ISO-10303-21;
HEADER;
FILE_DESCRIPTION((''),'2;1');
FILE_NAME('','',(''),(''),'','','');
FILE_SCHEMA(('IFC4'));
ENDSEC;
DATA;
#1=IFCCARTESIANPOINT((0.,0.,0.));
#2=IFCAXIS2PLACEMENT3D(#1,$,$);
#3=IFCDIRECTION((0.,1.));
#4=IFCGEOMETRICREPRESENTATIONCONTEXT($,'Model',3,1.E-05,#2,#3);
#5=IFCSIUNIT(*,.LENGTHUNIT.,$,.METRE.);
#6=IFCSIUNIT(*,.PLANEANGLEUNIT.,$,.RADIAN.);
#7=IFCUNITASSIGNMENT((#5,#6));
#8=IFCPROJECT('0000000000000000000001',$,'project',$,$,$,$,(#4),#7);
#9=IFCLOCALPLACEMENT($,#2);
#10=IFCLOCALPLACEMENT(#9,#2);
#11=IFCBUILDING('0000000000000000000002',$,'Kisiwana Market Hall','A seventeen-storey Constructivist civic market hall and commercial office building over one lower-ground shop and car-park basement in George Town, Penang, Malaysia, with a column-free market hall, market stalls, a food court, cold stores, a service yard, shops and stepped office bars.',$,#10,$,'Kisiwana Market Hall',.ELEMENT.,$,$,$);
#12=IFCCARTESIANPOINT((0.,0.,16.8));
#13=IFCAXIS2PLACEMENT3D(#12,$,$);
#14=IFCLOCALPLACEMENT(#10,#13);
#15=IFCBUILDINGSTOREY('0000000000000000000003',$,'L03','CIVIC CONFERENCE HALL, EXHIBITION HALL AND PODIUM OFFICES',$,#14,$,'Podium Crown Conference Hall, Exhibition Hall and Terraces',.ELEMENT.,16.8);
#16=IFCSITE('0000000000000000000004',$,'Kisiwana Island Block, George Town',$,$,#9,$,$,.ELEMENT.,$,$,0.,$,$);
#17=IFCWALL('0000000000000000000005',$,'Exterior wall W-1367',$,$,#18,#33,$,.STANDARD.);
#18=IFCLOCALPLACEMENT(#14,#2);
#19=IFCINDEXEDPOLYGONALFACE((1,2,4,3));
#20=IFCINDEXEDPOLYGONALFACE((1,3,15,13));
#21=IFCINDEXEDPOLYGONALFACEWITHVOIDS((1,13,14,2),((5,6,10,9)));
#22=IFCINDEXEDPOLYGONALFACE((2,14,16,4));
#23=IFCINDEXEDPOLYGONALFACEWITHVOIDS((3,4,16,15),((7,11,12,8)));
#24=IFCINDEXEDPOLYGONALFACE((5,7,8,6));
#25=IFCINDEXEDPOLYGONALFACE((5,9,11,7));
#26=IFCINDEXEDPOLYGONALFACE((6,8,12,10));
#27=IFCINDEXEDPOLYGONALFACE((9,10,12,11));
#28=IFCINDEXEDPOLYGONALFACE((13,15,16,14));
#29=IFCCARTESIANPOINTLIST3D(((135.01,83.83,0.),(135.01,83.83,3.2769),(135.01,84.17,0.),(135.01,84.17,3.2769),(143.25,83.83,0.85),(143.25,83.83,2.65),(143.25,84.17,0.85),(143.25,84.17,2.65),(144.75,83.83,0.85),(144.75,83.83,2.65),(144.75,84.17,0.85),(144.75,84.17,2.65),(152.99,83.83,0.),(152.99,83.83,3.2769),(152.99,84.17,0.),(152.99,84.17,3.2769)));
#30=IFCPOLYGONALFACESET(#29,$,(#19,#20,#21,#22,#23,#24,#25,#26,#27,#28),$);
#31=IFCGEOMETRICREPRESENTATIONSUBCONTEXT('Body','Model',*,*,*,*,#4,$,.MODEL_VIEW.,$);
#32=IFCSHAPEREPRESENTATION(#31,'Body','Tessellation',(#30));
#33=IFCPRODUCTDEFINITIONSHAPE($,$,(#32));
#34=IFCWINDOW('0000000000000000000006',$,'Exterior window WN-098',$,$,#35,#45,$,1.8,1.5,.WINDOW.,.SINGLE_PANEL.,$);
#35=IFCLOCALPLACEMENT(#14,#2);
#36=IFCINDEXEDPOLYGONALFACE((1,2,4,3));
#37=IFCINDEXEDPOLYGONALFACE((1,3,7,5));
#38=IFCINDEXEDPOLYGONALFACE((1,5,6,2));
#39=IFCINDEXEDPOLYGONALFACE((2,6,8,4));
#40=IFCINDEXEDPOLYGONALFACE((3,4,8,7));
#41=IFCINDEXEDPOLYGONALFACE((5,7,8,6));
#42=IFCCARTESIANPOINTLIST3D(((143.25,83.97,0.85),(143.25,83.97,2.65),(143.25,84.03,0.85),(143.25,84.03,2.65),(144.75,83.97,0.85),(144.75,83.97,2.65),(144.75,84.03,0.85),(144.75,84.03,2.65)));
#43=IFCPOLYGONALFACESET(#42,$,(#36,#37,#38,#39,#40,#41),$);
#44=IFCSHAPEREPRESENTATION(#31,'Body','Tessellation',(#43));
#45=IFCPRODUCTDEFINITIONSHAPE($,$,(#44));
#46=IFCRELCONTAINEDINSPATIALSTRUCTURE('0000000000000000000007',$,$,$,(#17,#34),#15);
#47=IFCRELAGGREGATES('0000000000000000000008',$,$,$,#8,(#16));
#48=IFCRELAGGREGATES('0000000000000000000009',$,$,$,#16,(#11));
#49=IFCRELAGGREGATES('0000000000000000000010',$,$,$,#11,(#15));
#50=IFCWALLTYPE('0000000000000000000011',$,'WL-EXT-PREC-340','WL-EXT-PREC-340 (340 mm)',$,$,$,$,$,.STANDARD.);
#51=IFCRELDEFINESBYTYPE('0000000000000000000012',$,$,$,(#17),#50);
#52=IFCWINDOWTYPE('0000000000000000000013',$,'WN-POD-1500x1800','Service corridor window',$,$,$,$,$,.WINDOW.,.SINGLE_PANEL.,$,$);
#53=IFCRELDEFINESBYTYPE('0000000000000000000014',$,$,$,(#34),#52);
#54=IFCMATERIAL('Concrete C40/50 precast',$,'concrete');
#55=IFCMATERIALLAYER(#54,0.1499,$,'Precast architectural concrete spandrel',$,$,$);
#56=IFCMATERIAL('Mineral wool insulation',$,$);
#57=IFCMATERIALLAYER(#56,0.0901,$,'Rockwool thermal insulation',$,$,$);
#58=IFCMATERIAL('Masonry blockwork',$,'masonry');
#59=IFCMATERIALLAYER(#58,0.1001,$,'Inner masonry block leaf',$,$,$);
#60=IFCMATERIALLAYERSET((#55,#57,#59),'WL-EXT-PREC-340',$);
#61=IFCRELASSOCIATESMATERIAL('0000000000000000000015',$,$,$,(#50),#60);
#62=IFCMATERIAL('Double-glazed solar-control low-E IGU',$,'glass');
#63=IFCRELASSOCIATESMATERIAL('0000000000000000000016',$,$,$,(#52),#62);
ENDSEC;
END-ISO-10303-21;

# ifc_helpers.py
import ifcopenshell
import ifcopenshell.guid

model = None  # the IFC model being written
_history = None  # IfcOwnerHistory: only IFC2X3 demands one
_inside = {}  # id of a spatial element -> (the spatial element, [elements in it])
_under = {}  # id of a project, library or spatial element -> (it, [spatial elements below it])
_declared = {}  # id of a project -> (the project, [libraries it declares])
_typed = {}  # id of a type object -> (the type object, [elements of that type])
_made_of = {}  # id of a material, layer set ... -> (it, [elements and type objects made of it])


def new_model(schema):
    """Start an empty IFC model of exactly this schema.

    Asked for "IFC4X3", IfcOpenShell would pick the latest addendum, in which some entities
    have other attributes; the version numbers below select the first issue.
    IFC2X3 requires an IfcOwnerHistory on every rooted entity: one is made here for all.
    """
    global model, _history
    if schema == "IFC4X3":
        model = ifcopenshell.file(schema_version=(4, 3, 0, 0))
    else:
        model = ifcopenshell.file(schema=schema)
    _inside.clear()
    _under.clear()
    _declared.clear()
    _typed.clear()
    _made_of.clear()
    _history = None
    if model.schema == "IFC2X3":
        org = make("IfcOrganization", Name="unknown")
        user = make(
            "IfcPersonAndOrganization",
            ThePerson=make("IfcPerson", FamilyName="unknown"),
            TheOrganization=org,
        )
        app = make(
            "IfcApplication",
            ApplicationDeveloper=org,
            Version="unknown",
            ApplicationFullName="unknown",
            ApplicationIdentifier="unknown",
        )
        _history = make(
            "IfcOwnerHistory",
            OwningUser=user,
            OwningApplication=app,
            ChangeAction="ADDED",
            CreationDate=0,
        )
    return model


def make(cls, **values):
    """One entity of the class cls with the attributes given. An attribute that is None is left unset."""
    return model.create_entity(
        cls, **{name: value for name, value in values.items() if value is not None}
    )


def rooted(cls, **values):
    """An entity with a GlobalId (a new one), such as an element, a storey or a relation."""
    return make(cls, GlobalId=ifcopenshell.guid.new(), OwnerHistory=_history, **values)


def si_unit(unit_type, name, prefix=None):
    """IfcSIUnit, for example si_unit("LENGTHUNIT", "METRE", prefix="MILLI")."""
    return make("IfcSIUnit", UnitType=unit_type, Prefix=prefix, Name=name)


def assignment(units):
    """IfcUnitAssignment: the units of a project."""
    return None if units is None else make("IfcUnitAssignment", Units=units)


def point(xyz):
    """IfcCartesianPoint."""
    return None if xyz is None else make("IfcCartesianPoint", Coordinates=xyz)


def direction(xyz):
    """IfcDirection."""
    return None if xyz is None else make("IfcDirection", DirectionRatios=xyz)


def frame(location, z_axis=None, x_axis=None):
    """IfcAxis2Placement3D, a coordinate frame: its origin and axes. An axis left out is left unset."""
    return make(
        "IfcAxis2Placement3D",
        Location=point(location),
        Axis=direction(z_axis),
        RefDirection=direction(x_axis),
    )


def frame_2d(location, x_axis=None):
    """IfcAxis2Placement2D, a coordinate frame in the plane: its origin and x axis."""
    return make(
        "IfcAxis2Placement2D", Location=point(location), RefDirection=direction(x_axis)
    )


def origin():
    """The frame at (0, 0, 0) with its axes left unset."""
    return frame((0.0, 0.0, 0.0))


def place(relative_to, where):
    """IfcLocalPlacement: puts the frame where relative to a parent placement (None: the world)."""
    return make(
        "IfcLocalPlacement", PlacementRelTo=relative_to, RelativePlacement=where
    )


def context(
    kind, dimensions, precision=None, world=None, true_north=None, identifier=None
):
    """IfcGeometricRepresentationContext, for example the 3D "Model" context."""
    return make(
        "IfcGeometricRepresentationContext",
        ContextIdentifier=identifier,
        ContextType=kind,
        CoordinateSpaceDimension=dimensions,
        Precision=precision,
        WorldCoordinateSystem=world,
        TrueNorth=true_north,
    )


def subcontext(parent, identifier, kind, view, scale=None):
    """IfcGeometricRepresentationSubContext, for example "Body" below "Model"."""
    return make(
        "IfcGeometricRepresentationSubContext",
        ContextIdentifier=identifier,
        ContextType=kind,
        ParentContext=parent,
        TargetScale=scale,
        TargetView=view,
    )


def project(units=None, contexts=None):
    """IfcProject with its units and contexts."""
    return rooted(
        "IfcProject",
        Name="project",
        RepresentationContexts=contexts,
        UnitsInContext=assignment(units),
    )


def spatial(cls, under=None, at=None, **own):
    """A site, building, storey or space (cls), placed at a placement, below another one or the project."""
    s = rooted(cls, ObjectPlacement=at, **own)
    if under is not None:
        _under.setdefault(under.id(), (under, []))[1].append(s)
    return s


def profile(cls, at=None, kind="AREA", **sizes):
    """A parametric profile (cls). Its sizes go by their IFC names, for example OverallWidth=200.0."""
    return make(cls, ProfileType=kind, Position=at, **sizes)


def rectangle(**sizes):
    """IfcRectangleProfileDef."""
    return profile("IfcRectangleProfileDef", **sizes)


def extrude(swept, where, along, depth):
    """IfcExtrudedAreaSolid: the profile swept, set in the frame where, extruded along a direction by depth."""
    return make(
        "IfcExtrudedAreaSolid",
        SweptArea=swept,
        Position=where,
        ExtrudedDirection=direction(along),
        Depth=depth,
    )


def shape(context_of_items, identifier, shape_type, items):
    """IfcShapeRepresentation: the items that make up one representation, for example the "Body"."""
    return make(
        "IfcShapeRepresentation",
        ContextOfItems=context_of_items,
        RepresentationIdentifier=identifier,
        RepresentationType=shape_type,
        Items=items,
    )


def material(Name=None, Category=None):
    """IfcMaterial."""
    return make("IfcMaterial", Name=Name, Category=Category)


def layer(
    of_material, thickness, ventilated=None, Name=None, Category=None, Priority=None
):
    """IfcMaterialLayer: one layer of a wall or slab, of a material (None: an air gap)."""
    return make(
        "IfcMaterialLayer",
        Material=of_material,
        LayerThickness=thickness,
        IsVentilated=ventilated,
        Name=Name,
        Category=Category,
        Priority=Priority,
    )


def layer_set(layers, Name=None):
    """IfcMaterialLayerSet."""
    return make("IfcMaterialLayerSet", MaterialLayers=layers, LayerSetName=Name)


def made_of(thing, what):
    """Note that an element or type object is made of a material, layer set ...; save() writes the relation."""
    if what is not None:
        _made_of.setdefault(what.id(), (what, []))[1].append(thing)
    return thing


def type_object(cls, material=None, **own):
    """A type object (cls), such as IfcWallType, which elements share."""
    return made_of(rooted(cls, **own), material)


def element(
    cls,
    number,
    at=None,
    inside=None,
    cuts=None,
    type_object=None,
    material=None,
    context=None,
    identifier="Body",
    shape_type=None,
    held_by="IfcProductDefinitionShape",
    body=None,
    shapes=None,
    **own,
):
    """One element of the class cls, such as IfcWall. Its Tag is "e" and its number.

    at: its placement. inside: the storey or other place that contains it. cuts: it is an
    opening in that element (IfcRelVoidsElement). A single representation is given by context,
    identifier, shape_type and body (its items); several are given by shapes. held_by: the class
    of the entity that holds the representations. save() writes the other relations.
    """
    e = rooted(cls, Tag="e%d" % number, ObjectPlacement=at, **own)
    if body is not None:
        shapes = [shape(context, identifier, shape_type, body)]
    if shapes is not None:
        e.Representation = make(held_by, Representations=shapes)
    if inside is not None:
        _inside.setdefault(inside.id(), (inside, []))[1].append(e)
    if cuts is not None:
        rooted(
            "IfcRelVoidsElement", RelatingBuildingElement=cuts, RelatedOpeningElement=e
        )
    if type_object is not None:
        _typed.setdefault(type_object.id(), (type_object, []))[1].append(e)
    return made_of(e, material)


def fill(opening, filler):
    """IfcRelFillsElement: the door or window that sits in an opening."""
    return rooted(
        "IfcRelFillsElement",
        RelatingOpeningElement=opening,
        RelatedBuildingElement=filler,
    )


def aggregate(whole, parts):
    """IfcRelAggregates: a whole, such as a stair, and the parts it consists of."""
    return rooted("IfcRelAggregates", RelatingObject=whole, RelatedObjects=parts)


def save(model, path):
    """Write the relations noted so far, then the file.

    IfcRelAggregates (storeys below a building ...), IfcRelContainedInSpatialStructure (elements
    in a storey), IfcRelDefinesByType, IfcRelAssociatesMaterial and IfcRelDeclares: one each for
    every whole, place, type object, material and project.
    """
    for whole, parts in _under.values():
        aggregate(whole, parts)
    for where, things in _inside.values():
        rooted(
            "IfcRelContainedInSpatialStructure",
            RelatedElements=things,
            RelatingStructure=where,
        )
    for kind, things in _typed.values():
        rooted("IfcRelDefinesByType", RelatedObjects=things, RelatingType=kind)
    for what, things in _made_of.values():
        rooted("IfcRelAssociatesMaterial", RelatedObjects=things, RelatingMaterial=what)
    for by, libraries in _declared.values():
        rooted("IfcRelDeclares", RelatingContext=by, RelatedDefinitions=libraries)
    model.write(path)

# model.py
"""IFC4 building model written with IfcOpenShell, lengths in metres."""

from ifc_helpers import new_model, si_unit, direction, frame, frame_2d, origin, place, context, subcontext, project, spatial, rectangle, extrude, material, layer, layer_set, type_object, element, fill, save


model = new_model("IFC4")

# Units and contexts
model_context = context("Model", 3, precision=1e-05, world=origin(), true_north=direction((0.0, 1.0)))
body_context = subcontext(model_context, "Body", "Model", "MODEL_VIEW")
ifc_project = project(units=[si_unit("LENGTHUNIT", "METRE"), si_unit("PLANEANGLEUNIT", "RADIAN")], contexts=[model_context])

# Site, building, storey
site_placement = place(None, origin())
site = spatial("IfcSite", under=ifc_project, at=site_placement, Name="Kisiwana Island Block, George Town", CompositionType="ELEMENT", RefElevation=0.0)
building_placement = place(site_placement, origin())
building = spatial("IfcBuilding", under=site, at=building_placement, Name="Kisiwana Market Hall", Description="A seventeen-storey Constructivist civic market hall and commercial office building over one lower-ground shop and car-park basement in George Town, Penang, Malaysia, with a column-free market hall, market stalls, a food court, cold stores, a service yard, shops and stepped office bars.", LongName="Kisiwana Market Hall", CompositionType="ELEMENT")
storey_placement = place(building_placement, frame((0.0, 0.0, 16.8)))
storey = spatial("IfcBuildingStorey", under=building, at=storey_placement, Name="L03", Description="CIVIC CONFERENCE HALL, EXHIBITION HALL AND PODIUM OFFICES", LongName="Podium Crown Conference Hall, Exhibition Hall and Terraces", CompositionType="ELEMENT", Elevation=16.8)

# Wall, opening, window
ifc_material_1 = material(Name="Concrete C40/50 precast", Category="concrete")
ifc_layer_1 = layer(ifc_material_1, 0.1499, Name="Precast architectural concrete spandrel")
ifc_material_2 = material(Name="Mineral wool insulation")
ifc_layer_2 = layer(ifc_material_2, 0.0901, Name="Rockwool thermal insulation")
ifc_material_3 = material(Name="Masonry blockwork", Category="masonry")
ifc_layer_3 = layer(ifc_material_3, 0.1001, Name="Inner masonry block leaf")
ifc_layer_set_1 = layer_set([ifc_layer_1, ifc_layer_2, ifc_layer_3], Name="WL-EXT-PREC-340")
wall_type = type_object("IfcWallType", Name="WL-EXT-PREC-340", Description="WL-EXT-PREC-340 (340 mm)", PredefinedType="STANDARD", material=ifc_layer_set_1)
ifc_material_4 = material(Name="Double-glazed solar-control low-E IGU", Category="glass")
window_type = type_object("IfcWindowType", Name="WN-POD-1500x1800", Description="Service corridor window", PartitioningType="SINGLE_PANEL", PredefinedType="WINDOW", material=ifc_material_4)
wall_1_placement = place(storey_placement, frame((135.01, 84.0, 0.0), z_axis=(0.0, 0.0, 1.0), x_axis=(1.0, 0.0, 0.0)))
wall_1 = element("IfcWall", 1, at=wall_1_placement, inside=storey, type_object=wall_type, Name="Exterior wall W-1367", PredefinedType="STANDARD", context=body_context, shape_type="SweptSolid", body=[
    extrude(rectangle(XDim=17.98, YDim=0.3401, at=frame_2d((8.99, 0.0))), origin(), (0.0, 0.0, 1.0), 3.2769),
])
opening_1_placement = place(wall_1_placement, frame((8.24, 0.0, 0.8501)))
opening_1 = element("IfcOpeningElement", 2, at=opening_1_placement, cuts=wall_1, PredefinedType="OPENING", context=body_context, shape_type="SweptSolid", body=[
    extrude(rectangle(XDim=1.5, YDim=1.8, at=frame_2d((0.75, 0.8999))), frame((0.0, 0.1821, 0.0), z_axis=(0.0, -1.0, 0.0), x_axis=(1.0, 0.0, 0.0)), (0.0, 0.0, 1.0), 0.364),
])
window_1_placement = place(opening_1_placement, origin())
window_1 = element("IfcWindow", 3, at=window_1_placement, inside=storey, type_object=window_type, Name="Exterior window WN-098", OverallHeight=1.8, OverallWidth=1.5, PartitioningType="SINGLE_PANEL", PredefinedType="WINDOW", context=body_context, shape_type="SweptSolid", body=[
    extrude(rectangle(XDim=1.5, YDim=1.8, at=frame_2d((0.75, 0.8999))), frame((0.0, 0.03, 0.0), z_axis=(0.0, -1.0, 0.0), x_axis=(1.0, 0.0, 0.0)), (0.0, 0.0, 1.0), 0.0601),
])
fill(opening_1, window_1)

save(model, "model.ifc")
